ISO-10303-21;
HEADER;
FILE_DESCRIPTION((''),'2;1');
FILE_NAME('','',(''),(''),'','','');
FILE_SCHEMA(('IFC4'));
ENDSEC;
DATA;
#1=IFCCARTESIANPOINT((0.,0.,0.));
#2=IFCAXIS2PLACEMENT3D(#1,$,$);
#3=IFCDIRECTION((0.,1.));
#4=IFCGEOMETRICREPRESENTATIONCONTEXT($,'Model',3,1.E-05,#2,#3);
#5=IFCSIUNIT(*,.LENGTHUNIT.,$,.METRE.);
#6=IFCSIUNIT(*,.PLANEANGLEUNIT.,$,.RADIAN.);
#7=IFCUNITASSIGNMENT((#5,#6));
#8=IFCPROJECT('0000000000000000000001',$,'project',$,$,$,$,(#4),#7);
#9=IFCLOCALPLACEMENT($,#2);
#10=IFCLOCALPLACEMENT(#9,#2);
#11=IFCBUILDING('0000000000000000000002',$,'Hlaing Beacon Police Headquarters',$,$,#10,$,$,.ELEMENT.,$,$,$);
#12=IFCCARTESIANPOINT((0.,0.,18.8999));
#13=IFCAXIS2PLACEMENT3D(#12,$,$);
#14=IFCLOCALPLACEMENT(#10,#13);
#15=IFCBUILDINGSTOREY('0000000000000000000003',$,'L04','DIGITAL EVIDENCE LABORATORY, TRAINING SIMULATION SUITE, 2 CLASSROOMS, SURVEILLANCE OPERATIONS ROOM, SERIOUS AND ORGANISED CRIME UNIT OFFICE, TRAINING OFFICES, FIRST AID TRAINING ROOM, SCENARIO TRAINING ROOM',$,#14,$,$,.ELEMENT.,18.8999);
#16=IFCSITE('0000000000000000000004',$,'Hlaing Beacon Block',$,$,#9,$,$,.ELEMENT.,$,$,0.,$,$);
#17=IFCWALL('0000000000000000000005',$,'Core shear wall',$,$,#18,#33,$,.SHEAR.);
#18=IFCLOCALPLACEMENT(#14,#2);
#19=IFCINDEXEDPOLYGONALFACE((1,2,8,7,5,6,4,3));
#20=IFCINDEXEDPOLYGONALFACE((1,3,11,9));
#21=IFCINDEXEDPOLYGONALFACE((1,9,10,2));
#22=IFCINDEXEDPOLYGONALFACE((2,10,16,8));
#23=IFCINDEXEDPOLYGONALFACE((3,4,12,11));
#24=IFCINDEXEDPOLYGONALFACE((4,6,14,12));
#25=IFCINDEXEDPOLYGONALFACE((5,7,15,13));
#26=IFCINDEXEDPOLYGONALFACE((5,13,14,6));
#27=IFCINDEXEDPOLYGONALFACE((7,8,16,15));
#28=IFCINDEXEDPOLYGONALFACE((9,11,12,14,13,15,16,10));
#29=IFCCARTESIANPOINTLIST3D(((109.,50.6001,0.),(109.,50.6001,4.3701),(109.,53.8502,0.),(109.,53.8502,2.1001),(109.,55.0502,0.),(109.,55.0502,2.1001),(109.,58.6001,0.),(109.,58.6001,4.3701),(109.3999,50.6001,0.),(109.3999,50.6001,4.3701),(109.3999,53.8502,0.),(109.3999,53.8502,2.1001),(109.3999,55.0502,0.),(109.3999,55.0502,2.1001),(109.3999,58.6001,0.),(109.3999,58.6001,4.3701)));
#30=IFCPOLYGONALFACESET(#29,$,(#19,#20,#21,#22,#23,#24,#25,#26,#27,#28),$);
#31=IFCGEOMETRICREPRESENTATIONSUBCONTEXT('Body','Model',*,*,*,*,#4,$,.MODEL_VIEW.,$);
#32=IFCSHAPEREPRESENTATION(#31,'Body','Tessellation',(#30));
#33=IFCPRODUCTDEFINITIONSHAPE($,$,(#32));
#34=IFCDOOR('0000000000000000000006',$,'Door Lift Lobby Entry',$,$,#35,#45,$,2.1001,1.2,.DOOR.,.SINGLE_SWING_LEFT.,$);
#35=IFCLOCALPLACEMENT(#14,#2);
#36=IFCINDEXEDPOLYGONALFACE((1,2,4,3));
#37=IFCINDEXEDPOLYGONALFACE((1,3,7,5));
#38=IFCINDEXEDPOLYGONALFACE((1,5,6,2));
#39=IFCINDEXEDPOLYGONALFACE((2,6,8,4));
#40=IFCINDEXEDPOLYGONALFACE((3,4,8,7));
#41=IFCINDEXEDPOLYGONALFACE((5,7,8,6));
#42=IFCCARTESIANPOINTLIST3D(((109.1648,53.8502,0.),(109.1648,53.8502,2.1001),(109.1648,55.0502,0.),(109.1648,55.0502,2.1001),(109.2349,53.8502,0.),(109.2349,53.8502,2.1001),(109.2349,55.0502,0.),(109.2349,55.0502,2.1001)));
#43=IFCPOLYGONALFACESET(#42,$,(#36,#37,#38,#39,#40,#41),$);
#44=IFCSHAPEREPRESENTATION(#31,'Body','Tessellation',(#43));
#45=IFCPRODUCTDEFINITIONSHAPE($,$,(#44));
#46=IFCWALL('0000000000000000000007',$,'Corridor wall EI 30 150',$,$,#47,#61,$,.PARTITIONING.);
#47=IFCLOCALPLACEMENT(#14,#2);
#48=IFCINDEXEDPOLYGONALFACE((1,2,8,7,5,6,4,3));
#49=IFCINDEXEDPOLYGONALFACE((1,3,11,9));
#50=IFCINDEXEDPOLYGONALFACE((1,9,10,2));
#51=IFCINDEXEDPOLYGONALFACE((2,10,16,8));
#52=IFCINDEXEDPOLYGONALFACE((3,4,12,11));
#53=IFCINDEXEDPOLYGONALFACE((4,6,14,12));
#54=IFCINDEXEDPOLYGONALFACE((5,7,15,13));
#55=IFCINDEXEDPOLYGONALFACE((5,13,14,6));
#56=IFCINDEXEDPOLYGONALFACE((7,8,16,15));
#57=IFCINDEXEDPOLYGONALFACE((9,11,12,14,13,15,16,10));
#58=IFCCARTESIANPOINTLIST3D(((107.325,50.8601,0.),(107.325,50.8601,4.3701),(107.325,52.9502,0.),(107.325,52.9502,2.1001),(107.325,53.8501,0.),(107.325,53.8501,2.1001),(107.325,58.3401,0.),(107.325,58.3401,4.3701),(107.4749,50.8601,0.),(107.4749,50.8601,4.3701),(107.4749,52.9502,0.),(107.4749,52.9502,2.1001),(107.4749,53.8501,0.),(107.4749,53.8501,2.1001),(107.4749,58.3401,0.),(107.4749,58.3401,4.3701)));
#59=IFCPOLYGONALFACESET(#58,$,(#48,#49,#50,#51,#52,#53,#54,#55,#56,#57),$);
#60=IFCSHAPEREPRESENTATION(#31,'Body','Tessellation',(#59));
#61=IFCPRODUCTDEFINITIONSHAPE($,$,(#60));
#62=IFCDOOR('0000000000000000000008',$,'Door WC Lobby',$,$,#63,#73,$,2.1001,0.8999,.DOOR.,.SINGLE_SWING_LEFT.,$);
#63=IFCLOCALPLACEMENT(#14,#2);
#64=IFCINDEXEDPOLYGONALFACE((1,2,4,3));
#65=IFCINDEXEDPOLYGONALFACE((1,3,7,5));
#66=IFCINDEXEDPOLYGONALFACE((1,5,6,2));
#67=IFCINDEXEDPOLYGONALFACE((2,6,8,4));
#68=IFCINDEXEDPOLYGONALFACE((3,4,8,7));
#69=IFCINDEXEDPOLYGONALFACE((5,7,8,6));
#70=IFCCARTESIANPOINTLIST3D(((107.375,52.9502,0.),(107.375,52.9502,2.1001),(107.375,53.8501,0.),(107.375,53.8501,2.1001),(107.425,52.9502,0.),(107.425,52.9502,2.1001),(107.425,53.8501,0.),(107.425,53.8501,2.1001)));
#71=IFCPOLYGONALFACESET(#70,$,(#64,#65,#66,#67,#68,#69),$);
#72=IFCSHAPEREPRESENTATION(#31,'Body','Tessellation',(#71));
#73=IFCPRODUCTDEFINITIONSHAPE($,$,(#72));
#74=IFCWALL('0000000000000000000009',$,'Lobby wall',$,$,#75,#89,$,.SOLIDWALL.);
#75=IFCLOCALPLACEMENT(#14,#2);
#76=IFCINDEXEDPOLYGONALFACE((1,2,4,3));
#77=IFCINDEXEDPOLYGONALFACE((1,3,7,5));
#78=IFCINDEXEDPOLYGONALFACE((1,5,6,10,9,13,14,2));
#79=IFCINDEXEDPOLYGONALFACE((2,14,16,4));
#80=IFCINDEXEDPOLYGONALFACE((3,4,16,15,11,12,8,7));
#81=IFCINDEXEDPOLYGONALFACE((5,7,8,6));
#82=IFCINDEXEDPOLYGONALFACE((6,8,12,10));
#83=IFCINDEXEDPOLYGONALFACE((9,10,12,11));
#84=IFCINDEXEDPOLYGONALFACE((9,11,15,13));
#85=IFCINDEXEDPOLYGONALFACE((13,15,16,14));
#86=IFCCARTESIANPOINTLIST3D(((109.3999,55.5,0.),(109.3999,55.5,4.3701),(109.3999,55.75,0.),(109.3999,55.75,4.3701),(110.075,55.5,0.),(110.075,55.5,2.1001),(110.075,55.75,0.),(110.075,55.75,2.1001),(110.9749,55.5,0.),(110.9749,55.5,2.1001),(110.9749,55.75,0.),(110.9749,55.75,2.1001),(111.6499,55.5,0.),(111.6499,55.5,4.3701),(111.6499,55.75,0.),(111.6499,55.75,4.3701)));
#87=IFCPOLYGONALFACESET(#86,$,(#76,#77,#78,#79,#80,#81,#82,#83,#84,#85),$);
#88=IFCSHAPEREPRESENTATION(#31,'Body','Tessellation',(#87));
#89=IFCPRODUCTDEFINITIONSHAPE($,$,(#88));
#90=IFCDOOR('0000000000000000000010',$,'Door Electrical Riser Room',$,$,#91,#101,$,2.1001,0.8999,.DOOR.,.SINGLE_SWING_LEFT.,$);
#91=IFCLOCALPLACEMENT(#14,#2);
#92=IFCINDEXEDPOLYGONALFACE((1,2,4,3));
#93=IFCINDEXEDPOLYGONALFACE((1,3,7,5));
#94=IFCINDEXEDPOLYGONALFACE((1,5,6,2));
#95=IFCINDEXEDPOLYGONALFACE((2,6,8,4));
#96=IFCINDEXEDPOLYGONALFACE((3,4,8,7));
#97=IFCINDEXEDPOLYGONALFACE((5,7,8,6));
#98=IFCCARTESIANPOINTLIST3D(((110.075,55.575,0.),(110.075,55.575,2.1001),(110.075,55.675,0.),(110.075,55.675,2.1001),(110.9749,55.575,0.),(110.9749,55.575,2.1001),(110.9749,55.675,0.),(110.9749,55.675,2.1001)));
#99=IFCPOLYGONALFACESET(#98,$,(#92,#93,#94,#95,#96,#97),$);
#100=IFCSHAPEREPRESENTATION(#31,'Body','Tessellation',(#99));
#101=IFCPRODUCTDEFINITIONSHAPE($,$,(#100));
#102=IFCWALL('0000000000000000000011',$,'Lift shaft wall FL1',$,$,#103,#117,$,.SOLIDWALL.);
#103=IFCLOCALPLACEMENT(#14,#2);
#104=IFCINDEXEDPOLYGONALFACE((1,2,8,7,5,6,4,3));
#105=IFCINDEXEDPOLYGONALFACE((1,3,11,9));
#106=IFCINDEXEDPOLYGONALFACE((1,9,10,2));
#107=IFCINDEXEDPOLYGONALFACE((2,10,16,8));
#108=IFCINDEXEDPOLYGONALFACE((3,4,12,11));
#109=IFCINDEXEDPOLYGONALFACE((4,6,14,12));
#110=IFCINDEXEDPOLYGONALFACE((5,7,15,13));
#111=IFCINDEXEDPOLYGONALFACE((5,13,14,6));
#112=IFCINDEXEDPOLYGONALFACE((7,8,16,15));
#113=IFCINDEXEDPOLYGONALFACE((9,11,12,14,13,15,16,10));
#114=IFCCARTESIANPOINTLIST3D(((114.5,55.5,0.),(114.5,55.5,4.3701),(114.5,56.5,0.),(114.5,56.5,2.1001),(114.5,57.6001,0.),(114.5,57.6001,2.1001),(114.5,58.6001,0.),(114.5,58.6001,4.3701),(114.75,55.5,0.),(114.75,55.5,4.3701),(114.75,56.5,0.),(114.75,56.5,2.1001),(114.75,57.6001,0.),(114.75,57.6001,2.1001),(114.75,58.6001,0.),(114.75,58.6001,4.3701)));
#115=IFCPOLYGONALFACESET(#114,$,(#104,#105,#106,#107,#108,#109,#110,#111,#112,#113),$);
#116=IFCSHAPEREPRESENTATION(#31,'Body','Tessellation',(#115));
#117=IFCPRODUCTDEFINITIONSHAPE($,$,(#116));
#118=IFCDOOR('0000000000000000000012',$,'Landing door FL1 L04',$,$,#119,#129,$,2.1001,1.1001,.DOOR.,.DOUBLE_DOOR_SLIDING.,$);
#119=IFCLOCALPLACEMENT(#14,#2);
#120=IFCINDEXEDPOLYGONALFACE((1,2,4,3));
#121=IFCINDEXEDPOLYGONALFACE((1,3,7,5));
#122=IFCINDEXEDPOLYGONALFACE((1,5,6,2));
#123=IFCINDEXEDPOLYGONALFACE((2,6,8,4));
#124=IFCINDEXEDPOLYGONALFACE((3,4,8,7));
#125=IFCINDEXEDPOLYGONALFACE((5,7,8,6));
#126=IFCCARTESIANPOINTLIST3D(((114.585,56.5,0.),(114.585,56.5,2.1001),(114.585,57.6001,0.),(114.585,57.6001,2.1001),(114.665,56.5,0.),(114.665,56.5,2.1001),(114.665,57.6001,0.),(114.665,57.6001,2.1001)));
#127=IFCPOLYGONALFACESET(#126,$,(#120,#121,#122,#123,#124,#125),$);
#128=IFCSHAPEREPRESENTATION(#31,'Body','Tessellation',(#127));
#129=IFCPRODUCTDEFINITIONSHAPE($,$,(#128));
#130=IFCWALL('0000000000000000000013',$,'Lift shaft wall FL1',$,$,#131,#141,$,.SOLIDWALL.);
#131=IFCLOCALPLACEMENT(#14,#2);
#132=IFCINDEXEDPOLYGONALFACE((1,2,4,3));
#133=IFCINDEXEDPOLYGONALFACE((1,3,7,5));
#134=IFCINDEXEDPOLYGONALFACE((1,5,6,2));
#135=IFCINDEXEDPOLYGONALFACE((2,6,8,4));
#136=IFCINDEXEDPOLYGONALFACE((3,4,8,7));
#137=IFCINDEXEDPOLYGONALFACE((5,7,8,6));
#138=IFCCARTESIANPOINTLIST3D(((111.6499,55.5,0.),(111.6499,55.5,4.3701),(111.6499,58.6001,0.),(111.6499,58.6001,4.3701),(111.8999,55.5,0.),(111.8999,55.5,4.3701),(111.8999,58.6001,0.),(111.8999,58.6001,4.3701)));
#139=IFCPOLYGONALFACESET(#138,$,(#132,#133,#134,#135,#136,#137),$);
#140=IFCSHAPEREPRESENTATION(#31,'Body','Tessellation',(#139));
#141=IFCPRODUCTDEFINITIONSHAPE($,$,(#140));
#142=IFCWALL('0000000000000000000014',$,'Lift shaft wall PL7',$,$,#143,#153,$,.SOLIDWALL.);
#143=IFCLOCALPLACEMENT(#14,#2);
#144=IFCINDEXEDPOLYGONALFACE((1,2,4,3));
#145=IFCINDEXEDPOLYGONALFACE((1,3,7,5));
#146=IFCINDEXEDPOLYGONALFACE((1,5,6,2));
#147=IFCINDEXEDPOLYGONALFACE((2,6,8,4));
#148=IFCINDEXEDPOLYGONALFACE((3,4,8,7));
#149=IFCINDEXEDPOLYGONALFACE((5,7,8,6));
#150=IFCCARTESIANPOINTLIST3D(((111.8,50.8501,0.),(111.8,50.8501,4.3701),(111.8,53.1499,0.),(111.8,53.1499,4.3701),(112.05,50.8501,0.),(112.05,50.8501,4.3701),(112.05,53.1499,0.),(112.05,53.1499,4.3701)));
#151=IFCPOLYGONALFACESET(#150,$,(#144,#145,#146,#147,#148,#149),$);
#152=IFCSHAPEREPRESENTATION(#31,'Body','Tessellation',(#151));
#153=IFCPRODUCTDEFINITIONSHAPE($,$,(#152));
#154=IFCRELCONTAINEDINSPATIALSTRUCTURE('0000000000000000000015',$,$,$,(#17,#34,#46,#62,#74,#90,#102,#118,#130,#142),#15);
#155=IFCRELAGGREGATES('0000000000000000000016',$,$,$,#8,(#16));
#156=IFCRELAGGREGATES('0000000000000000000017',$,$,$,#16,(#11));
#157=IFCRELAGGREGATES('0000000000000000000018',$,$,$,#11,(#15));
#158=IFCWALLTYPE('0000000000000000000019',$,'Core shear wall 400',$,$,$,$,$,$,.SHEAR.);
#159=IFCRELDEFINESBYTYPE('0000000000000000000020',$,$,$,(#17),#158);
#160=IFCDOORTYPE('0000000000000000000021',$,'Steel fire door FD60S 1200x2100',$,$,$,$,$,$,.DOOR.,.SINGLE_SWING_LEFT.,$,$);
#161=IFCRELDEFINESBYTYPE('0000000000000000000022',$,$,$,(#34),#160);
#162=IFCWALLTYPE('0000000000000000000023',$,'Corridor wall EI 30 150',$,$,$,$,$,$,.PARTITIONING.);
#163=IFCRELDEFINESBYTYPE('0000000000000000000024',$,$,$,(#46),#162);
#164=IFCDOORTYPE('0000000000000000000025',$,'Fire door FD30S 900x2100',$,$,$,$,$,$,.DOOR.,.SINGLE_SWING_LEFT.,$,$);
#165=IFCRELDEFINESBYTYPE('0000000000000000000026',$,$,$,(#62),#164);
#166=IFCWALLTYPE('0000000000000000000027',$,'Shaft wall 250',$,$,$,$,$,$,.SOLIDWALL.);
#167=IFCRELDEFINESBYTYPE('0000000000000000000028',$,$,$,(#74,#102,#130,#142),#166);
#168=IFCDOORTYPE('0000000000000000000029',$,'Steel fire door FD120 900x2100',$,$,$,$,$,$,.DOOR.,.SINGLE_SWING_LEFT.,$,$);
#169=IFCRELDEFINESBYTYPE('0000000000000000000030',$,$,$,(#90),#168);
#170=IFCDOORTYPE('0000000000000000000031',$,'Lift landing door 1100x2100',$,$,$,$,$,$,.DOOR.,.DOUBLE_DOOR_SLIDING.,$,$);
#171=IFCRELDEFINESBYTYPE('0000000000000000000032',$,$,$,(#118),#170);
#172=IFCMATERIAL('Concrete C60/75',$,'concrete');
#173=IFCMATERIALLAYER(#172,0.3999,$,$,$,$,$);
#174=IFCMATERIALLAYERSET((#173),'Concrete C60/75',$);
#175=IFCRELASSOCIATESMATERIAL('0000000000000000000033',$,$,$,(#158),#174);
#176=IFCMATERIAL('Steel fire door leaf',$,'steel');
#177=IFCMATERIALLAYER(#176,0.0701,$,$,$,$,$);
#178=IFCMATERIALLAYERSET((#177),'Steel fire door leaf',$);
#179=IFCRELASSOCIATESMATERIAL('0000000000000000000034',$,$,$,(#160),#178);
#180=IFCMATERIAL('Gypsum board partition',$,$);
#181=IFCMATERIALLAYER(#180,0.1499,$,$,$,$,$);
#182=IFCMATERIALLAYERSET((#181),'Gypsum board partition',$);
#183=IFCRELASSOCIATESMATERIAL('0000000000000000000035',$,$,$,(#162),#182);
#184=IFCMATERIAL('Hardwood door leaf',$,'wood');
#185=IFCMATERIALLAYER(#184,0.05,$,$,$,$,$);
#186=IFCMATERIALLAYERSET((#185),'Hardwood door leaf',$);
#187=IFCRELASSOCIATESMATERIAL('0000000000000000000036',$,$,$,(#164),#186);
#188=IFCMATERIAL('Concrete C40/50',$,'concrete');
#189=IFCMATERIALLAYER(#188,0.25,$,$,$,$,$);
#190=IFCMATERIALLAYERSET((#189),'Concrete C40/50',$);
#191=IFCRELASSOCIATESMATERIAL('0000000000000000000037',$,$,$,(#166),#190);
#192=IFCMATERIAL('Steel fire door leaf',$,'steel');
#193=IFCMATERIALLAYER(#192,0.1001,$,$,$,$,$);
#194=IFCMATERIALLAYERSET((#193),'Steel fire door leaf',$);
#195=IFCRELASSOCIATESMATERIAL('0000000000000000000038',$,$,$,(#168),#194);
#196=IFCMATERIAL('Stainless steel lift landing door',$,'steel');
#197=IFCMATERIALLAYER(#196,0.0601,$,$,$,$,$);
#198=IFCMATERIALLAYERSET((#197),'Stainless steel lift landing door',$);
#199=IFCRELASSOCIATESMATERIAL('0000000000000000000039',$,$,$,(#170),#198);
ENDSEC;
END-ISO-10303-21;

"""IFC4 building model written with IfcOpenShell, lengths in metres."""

from ifc_helpers import new_model, si_unit, direction, frame, frame_2d, origin, place, context, subcontext, project, spatial, rectangle, extrude, material, layer, layer_set, type_object, element, fill, save


model = new_model("IFC4")

# Units and contexts
model_context = context("Model", 3, precision=1e-05, world=origin(), true_north=direction((0.0, 1.0)))
body_context = subcontext(model_context, "Body", "Model", "MODEL_VIEW")
ifc_project = project(units=[si_unit("LENGTHUNIT", "METRE"), si_unit("PLANEANGLEUNIT", "RADIAN")], contexts=[model_context])

# Site, building, storey
site_placement = place(None, origin())
site = spatial("IfcSite", under=ifc_project, at=site_placement, Name="Hlaing Beacon Block", CompositionType="ELEMENT", RefElevation=0.0)
building_placement = place(site_placement, origin())
building = spatial("IfcBuilding", under=site, at=building_placement, Name="Hlaing Beacon Police Headquarters", CompositionType="ELEMENT")
storey_placement = place(building_placement, frame((0.0, 0.0, 18.8999)))
storey = spatial("IfcBuildingStorey", under=building, at=storey_placement, Name="L04", Description="DIGITAL EVIDENCE LABORATORY, TRAINING SIMULATION SUITE, 2 CLASSROOMS, SURVEILLANCE OPERATIONS ROOM, SERIOUS AND ORGANISED CRIME UNIT OFFICE, TRAINING OFFICES, FIRST AID TRAINING ROOM, SCENARIO TRAINING ROOM", CompositionType="ELEMENT", Elevation=18.8999)

# Walls, openings, doors
ifc_material_1 = material(Name="Concrete C60/75", Category="concrete")
ifc_layer_1 = layer(ifc_material_1, 0.3999)
ifc_layer_set_1 = layer_set([ifc_layer_1], Name="Concrete C60/75")
wall_type_1 = type_object("IfcWallType", Name="Core shear wall 400", PredefinedType="SHEAR", material=ifc_layer_set_1)
wall_1_placement = place(storey_placement, frame((109.2, 50.6001, 0.0), z_axis=(0.0, 0.0, 1.0), x_axis=(0.0, 1.0, 0.0)))
wall_1 = element("IfcWall", 1, at=wall_1_placement, inside=storey, type_object=wall_type_1, Name="Core shear wall", PredefinedType="SHEAR", context=body_context, shape_type="SweptSolid", body=[
    extrude(rectangle(XDim=8.0, YDim=0.3999, at=frame_2d((4.0, 0.0))), origin(), (0.0, 0.0, 1.0), 4.3701),
])
opening_1_placement = place(wall_1_placement, frame((3.25, 0.0, 0.0)))
opening_1 = element("IfcOpeningElement", 2, at=opening_1_placement, cuts=wall_1, PredefinedType="OPENING", context=body_context, shape_type="SweptSolid", body=[
    extrude(rectangle(XDim=1.2, YDim=2.1001, at=frame_2d((0.6001, 1.05))), frame((0.0, 0.21, 0.0), z_axis=(0.0, -1.0, 0.0), x_axis=(1.0, 0.0, 0.0)), (0.0, 0.0, 1.0), 0.4199),
])
ifc_material_2 = material(Name="Steel fire door leaf", Category="steel")
ifc_layer_2 = layer(ifc_material_2, 0.0701)
ifc_layer_set_2 = layer_set([ifc_layer_2], Name="Steel fire door leaf")
door_type_1 = type_object("IfcDoorType", Name="Steel fire door FD60S 1200x2100", OperationType="SINGLE_SWING_LEFT", PredefinedType="DOOR", material=ifc_layer_set_2)
door_1_placement = place(opening_1_placement, frame((1.2, 0.0, 0.0), z_axis=(0.0, 0.0, 1.0), x_axis=(-1.0, 0.0, 0.0)))
door_1 = element("IfcDoor", 3, at=door_1_placement, inside=storey, type_object=door_type_1, Name="Door Lift Lobby Entry", OperationType="SINGLE_SWING_LEFT", OverallHeight=2.1001, OverallWidth=1.2, PredefinedType="DOOR", context=body_context, shape_type="SweptSolid", body=[
    extrude(rectangle(XDim=1.2, YDim=2.1001, at=frame_2d((0.5999, 1.05))), frame((0.0, 0.0349, 0.0), z_axis=(0.0, -1.0, 0.0), x_axis=(1.0, 0.0, 0.0)), (0.0, 0.0, 1.0), 0.0701),
])
fill(opening_1, door_1)
ifc_material_3 = material(Name="Gypsum board partition")
ifc_layer_3 = layer(ifc_material_3, 0.1499)
ifc_layer_set_3 = layer_set([ifc_layer_3], Name="Gypsum board partition")
wall_type_2 = type_object("IfcWallType", Name="Corridor wall EI 30 150", PredefinedType="PARTITIONING", material=ifc_layer_set_3)
wall_2_placement = place(storey_placement, frame((107.3999, 50.8601, 0.0), z_axis=(0.0, 0.0, 1.0), x_axis=(0.0, 1.0, 0.0)))
wall_2 = element("IfcWall", 4, at=wall_2_placement, inside=storey, type_object=wall_type_2, Name="Corridor wall EI 30 150", PredefinedType="PARTITIONING", context=body_context, shape_type="SweptSolid", body=[
    extrude(rectangle(XDim=7.48, YDim=0.1499, at=frame_2d((3.74, 0.0))), origin(), (0.0, 0.0, 1.0), 4.3701),
])
opening_2_placement = place(wall_2_placement, frame((2.0901, 0.0, 0.0)))
opening_2 = element("IfcOpeningElement", 5, at=opening_2_placement, cuts=wall_2, PredefinedType="OPENING", context=body_context, shape_type="SweptSolid", body=[
    extrude(rectangle(XDim=0.8999, YDim=2.1001, at=frame_2d((0.45, 1.05))), frame((0.0, 0.085, 0.0), z_axis=(0.0, -1.0, 0.0), x_axis=(1.0, 0.0, 0.0)), (0.0, 0.0, 1.0), 0.1699),
])
ifc_material_4 = material(Name="Hardwood door leaf", Category="wood")
ifc_layer_4 = layer(ifc_material_4, 0.05)
ifc_layer_set_4 = layer_set([ifc_layer_4], Name="Hardwood door leaf")
door_type_2 = type_object("IfcDoorType", Name="Fire door FD30S 900x2100", OperationType="SINGLE_SWING_LEFT", PredefinedType="DOOR", material=ifc_layer_set_4)
door_2_placement = place(opening_2_placement, origin())
door_2 = element("IfcDoor", 6, at=door_2_placement, inside=storey, type_object=door_type_2, Name="Door WC Lobby", OperationType="SINGLE_SWING_LEFT", OverallHeight=2.1001, OverallWidth=0.8999, PredefinedType="DOOR", context=body_context, shape_type="SweptSolid", body=[
    extrude(rectangle(XDim=0.8999, YDim=2.1001, at=frame_2d((0.45, 1.05))), frame((0.0, 0.0249, 0.0), z_axis=(0.0, -1.0, 0.0), x_axis=(1.0, 0.0, 0.0)), (0.0, 0.0, 1.0), 0.05),
])
fill(opening_2, door_2)
ifc_material_5 = material(Name="Concrete C40/50", Category="concrete")
ifc_layer_5 = layer(ifc_material_5, 0.25)
ifc_layer_set_5 = layer_set([ifc_layer_5], Name="Concrete C40/50")
wall_type_3 = type_object("IfcWallType", Name="Shaft wall 250", PredefinedType="SOLIDWALL", material=ifc_layer_set_5)
wall_3_placement = place(storey_placement, frame((109.3999, 55.625, 0.0), z_axis=(0.0, 0.0, 1.0), x_axis=(1.0, 0.0, 0.0)))
wall_3 = element("IfcWall", 7, at=wall_3_placement, inside=storey, type_object=wall_type_3, Name="Lobby wall", PredefinedType="SOLIDWALL", context=body_context, shape_type="SweptSolid", body=[
    extrude(rectangle(XDim=2.25, YDim=0.25, at=frame_2d((1.125, 0.0))), origin(), (0.0, 0.0, 1.0), 4.3701),
])
opening_3_placement = place(wall_3_placement, frame((0.675, 0.0, 0.0)))
opening_3 = element("IfcOpeningElement", 8, at=opening_3_placement, cuts=wall_3, PredefinedType="OPENING", context=body_context, shape_type="SweptSolid", body=[
    extrude(rectangle(XDim=0.8999, YDim=2.1001, at=frame_2d((0.45, 1.05))), frame((0.0, 0.135, 0.0), z_axis=(0.0, -1.0, 0.0), x_axis=(1.0, 0.0, 0.0)), (0.0, 0.0, 1.0), 0.27),
])
ifc_material_6 = material(Name="Steel fire door leaf", Category="steel")
ifc_layer_6 = layer(ifc_material_6, 0.1001)
ifc_layer_set_6 = layer_set([ifc_layer_6], Name="Steel fire door leaf")
door_type_3 = type_object("IfcDoorType", Name="Steel fire door FD120 900x2100", OperationType="SINGLE_SWING_LEFT", PredefinedType="DOOR", material=ifc_layer_set_6)
door_3_placement = place(opening_3_placement, origin())
door_3 = element("IfcDoor", 9, at=door_3_placement, inside=storey, type_object=door_type_3, Name="Door Electrical Riser Room", OperationType="SINGLE_SWING_LEFT", OverallHeight=2.1001, OverallWidth=0.8999, PredefinedType="DOOR", context=body_context, shape_type="SweptSolid", body=[
    extrude(rectangle(XDim=0.8999, YDim=2.1001, at=frame_2d((0.45, 1.05))), frame((0.0, 0.05, 0.0), z_axis=(0.0, -1.0, 0.0), x_axis=(1.0, 0.0, 0.0)), (0.0, 0.0, 1.0), 0.1001),
])
fill(opening_3, door_3)
wall_4_placement = place(storey_placement, frame((114.625, 55.5, 0.0), z_axis=(0.0, 0.0, 1.0), x_axis=(0.0, 1.0, 0.0)))
wall_4 = element("IfcWall", 10, at=wall_4_placement, inside=storey, type_object=wall_type_3, Name="Lift shaft wall FL1", PredefinedType="SOLIDWALL", context=body_context, shape_type="SweptSolid", body=[
    extrude(rectangle(XDim=3.1001, YDim=0.25, at=frame_2d((1.55, 0.0))), origin(), (0.0, 0.0, 1.0), 4.3701),
])
opening_4_placement = place(wall_4_placement, frame((1.0, 0.0, 0.0)))
opening_4 = element("IfcOpeningElement", 11, at=opening_4_placement, cuts=wall_4, PredefinedType="OPENING", context=body_context, shape_type="SweptSolid", body=[
    extrude(rectangle(XDim=1.1001, YDim=2.1001, at=frame_2d((0.55, 1.05))), frame((0.0, 0.135, 0.0), z_axis=(0.0, -1.0, 0.0), x_axis=(1.0, 0.0, 0.0)), (0.0, 0.0, 1.0), 0.27),
])
ifc_material_7 = material(Name="Stainless steel lift landing door", Category="steel")
ifc_layer_7 = layer(ifc_material_7, 0.0601)
ifc_layer_set_7 = layer_set([ifc_layer_7], Name="Stainless steel lift landing door")
door_type_4 = type_object("IfcDoorType", Name="Lift landing door 1100x2100", OperationType="DOUBLE_DOOR_SLIDING", PredefinedType="DOOR", material=ifc_layer_set_7)
door_4_placement = place(opening_4_placement, origin())
door_4 = element("IfcDoor", 12, at=door_4_placement, inside=storey, type_object=door_type_4, Name="Landing door FL1 L04", OperationType="DOUBLE_DOOR_SLIDING", OverallHeight=2.1001, OverallWidth=1.1001, PredefinedType="DOOR", context=body_context, shape_type="SweptSolid", body=[
    extrude(rectangle(XDim=1.1001, YDim=2.1001, at=frame_2d((0.55, 1.05))), frame((0.0, 0.04, 0.0), z_axis=(0.0, -1.0, 0.0), x_axis=(1.0, 0.0, 0.0)), (0.0, 0.0, 1.0), 0.0801),
])
fill(opening_4, door_4)

# Walls
wall_5_placement = place(storey_placement, frame((111.7749, 55.5, 0.0), z_axis=(0.0, 0.0, 1.0), x_axis=(0.0, 1.0, 0.0)))
element("IfcWall", 13, at=wall_5_placement, inside=storey, type_object=wall_type_3, Name="Lift shaft wall FL1", PredefinedType="SOLIDWALL", context=body_context, shape_type="SweptSolid", body=[
    extrude(rectangle(XDim=3.1001, YDim=0.25, at=frame_2d((1.55, 0.0))), origin(), (0.0, 0.0, 1.0), 4.3701),
])
wall_6_placement = place(storey_placement, frame((111.925, 50.8501, 0.0), z_axis=(0.0, 0.0, 1.0), x_axis=(0.0, 1.0, 0.0)))
element("IfcWall", 14, at=wall_6_placement, inside=storey, type_object=wall_type_3, Name="Lift shaft wall PL7", PredefinedType="SOLIDWALL", context=body_context, shape_type="SweptSolid", body=[
    extrude(rectangle(XDim=2.2998, YDim=0.25, at=frame_2d((1.1499, 0.0))), origin(), (0.0, 0.0, 1.0), 4.3701),
])

save(model, "model.ifc")
